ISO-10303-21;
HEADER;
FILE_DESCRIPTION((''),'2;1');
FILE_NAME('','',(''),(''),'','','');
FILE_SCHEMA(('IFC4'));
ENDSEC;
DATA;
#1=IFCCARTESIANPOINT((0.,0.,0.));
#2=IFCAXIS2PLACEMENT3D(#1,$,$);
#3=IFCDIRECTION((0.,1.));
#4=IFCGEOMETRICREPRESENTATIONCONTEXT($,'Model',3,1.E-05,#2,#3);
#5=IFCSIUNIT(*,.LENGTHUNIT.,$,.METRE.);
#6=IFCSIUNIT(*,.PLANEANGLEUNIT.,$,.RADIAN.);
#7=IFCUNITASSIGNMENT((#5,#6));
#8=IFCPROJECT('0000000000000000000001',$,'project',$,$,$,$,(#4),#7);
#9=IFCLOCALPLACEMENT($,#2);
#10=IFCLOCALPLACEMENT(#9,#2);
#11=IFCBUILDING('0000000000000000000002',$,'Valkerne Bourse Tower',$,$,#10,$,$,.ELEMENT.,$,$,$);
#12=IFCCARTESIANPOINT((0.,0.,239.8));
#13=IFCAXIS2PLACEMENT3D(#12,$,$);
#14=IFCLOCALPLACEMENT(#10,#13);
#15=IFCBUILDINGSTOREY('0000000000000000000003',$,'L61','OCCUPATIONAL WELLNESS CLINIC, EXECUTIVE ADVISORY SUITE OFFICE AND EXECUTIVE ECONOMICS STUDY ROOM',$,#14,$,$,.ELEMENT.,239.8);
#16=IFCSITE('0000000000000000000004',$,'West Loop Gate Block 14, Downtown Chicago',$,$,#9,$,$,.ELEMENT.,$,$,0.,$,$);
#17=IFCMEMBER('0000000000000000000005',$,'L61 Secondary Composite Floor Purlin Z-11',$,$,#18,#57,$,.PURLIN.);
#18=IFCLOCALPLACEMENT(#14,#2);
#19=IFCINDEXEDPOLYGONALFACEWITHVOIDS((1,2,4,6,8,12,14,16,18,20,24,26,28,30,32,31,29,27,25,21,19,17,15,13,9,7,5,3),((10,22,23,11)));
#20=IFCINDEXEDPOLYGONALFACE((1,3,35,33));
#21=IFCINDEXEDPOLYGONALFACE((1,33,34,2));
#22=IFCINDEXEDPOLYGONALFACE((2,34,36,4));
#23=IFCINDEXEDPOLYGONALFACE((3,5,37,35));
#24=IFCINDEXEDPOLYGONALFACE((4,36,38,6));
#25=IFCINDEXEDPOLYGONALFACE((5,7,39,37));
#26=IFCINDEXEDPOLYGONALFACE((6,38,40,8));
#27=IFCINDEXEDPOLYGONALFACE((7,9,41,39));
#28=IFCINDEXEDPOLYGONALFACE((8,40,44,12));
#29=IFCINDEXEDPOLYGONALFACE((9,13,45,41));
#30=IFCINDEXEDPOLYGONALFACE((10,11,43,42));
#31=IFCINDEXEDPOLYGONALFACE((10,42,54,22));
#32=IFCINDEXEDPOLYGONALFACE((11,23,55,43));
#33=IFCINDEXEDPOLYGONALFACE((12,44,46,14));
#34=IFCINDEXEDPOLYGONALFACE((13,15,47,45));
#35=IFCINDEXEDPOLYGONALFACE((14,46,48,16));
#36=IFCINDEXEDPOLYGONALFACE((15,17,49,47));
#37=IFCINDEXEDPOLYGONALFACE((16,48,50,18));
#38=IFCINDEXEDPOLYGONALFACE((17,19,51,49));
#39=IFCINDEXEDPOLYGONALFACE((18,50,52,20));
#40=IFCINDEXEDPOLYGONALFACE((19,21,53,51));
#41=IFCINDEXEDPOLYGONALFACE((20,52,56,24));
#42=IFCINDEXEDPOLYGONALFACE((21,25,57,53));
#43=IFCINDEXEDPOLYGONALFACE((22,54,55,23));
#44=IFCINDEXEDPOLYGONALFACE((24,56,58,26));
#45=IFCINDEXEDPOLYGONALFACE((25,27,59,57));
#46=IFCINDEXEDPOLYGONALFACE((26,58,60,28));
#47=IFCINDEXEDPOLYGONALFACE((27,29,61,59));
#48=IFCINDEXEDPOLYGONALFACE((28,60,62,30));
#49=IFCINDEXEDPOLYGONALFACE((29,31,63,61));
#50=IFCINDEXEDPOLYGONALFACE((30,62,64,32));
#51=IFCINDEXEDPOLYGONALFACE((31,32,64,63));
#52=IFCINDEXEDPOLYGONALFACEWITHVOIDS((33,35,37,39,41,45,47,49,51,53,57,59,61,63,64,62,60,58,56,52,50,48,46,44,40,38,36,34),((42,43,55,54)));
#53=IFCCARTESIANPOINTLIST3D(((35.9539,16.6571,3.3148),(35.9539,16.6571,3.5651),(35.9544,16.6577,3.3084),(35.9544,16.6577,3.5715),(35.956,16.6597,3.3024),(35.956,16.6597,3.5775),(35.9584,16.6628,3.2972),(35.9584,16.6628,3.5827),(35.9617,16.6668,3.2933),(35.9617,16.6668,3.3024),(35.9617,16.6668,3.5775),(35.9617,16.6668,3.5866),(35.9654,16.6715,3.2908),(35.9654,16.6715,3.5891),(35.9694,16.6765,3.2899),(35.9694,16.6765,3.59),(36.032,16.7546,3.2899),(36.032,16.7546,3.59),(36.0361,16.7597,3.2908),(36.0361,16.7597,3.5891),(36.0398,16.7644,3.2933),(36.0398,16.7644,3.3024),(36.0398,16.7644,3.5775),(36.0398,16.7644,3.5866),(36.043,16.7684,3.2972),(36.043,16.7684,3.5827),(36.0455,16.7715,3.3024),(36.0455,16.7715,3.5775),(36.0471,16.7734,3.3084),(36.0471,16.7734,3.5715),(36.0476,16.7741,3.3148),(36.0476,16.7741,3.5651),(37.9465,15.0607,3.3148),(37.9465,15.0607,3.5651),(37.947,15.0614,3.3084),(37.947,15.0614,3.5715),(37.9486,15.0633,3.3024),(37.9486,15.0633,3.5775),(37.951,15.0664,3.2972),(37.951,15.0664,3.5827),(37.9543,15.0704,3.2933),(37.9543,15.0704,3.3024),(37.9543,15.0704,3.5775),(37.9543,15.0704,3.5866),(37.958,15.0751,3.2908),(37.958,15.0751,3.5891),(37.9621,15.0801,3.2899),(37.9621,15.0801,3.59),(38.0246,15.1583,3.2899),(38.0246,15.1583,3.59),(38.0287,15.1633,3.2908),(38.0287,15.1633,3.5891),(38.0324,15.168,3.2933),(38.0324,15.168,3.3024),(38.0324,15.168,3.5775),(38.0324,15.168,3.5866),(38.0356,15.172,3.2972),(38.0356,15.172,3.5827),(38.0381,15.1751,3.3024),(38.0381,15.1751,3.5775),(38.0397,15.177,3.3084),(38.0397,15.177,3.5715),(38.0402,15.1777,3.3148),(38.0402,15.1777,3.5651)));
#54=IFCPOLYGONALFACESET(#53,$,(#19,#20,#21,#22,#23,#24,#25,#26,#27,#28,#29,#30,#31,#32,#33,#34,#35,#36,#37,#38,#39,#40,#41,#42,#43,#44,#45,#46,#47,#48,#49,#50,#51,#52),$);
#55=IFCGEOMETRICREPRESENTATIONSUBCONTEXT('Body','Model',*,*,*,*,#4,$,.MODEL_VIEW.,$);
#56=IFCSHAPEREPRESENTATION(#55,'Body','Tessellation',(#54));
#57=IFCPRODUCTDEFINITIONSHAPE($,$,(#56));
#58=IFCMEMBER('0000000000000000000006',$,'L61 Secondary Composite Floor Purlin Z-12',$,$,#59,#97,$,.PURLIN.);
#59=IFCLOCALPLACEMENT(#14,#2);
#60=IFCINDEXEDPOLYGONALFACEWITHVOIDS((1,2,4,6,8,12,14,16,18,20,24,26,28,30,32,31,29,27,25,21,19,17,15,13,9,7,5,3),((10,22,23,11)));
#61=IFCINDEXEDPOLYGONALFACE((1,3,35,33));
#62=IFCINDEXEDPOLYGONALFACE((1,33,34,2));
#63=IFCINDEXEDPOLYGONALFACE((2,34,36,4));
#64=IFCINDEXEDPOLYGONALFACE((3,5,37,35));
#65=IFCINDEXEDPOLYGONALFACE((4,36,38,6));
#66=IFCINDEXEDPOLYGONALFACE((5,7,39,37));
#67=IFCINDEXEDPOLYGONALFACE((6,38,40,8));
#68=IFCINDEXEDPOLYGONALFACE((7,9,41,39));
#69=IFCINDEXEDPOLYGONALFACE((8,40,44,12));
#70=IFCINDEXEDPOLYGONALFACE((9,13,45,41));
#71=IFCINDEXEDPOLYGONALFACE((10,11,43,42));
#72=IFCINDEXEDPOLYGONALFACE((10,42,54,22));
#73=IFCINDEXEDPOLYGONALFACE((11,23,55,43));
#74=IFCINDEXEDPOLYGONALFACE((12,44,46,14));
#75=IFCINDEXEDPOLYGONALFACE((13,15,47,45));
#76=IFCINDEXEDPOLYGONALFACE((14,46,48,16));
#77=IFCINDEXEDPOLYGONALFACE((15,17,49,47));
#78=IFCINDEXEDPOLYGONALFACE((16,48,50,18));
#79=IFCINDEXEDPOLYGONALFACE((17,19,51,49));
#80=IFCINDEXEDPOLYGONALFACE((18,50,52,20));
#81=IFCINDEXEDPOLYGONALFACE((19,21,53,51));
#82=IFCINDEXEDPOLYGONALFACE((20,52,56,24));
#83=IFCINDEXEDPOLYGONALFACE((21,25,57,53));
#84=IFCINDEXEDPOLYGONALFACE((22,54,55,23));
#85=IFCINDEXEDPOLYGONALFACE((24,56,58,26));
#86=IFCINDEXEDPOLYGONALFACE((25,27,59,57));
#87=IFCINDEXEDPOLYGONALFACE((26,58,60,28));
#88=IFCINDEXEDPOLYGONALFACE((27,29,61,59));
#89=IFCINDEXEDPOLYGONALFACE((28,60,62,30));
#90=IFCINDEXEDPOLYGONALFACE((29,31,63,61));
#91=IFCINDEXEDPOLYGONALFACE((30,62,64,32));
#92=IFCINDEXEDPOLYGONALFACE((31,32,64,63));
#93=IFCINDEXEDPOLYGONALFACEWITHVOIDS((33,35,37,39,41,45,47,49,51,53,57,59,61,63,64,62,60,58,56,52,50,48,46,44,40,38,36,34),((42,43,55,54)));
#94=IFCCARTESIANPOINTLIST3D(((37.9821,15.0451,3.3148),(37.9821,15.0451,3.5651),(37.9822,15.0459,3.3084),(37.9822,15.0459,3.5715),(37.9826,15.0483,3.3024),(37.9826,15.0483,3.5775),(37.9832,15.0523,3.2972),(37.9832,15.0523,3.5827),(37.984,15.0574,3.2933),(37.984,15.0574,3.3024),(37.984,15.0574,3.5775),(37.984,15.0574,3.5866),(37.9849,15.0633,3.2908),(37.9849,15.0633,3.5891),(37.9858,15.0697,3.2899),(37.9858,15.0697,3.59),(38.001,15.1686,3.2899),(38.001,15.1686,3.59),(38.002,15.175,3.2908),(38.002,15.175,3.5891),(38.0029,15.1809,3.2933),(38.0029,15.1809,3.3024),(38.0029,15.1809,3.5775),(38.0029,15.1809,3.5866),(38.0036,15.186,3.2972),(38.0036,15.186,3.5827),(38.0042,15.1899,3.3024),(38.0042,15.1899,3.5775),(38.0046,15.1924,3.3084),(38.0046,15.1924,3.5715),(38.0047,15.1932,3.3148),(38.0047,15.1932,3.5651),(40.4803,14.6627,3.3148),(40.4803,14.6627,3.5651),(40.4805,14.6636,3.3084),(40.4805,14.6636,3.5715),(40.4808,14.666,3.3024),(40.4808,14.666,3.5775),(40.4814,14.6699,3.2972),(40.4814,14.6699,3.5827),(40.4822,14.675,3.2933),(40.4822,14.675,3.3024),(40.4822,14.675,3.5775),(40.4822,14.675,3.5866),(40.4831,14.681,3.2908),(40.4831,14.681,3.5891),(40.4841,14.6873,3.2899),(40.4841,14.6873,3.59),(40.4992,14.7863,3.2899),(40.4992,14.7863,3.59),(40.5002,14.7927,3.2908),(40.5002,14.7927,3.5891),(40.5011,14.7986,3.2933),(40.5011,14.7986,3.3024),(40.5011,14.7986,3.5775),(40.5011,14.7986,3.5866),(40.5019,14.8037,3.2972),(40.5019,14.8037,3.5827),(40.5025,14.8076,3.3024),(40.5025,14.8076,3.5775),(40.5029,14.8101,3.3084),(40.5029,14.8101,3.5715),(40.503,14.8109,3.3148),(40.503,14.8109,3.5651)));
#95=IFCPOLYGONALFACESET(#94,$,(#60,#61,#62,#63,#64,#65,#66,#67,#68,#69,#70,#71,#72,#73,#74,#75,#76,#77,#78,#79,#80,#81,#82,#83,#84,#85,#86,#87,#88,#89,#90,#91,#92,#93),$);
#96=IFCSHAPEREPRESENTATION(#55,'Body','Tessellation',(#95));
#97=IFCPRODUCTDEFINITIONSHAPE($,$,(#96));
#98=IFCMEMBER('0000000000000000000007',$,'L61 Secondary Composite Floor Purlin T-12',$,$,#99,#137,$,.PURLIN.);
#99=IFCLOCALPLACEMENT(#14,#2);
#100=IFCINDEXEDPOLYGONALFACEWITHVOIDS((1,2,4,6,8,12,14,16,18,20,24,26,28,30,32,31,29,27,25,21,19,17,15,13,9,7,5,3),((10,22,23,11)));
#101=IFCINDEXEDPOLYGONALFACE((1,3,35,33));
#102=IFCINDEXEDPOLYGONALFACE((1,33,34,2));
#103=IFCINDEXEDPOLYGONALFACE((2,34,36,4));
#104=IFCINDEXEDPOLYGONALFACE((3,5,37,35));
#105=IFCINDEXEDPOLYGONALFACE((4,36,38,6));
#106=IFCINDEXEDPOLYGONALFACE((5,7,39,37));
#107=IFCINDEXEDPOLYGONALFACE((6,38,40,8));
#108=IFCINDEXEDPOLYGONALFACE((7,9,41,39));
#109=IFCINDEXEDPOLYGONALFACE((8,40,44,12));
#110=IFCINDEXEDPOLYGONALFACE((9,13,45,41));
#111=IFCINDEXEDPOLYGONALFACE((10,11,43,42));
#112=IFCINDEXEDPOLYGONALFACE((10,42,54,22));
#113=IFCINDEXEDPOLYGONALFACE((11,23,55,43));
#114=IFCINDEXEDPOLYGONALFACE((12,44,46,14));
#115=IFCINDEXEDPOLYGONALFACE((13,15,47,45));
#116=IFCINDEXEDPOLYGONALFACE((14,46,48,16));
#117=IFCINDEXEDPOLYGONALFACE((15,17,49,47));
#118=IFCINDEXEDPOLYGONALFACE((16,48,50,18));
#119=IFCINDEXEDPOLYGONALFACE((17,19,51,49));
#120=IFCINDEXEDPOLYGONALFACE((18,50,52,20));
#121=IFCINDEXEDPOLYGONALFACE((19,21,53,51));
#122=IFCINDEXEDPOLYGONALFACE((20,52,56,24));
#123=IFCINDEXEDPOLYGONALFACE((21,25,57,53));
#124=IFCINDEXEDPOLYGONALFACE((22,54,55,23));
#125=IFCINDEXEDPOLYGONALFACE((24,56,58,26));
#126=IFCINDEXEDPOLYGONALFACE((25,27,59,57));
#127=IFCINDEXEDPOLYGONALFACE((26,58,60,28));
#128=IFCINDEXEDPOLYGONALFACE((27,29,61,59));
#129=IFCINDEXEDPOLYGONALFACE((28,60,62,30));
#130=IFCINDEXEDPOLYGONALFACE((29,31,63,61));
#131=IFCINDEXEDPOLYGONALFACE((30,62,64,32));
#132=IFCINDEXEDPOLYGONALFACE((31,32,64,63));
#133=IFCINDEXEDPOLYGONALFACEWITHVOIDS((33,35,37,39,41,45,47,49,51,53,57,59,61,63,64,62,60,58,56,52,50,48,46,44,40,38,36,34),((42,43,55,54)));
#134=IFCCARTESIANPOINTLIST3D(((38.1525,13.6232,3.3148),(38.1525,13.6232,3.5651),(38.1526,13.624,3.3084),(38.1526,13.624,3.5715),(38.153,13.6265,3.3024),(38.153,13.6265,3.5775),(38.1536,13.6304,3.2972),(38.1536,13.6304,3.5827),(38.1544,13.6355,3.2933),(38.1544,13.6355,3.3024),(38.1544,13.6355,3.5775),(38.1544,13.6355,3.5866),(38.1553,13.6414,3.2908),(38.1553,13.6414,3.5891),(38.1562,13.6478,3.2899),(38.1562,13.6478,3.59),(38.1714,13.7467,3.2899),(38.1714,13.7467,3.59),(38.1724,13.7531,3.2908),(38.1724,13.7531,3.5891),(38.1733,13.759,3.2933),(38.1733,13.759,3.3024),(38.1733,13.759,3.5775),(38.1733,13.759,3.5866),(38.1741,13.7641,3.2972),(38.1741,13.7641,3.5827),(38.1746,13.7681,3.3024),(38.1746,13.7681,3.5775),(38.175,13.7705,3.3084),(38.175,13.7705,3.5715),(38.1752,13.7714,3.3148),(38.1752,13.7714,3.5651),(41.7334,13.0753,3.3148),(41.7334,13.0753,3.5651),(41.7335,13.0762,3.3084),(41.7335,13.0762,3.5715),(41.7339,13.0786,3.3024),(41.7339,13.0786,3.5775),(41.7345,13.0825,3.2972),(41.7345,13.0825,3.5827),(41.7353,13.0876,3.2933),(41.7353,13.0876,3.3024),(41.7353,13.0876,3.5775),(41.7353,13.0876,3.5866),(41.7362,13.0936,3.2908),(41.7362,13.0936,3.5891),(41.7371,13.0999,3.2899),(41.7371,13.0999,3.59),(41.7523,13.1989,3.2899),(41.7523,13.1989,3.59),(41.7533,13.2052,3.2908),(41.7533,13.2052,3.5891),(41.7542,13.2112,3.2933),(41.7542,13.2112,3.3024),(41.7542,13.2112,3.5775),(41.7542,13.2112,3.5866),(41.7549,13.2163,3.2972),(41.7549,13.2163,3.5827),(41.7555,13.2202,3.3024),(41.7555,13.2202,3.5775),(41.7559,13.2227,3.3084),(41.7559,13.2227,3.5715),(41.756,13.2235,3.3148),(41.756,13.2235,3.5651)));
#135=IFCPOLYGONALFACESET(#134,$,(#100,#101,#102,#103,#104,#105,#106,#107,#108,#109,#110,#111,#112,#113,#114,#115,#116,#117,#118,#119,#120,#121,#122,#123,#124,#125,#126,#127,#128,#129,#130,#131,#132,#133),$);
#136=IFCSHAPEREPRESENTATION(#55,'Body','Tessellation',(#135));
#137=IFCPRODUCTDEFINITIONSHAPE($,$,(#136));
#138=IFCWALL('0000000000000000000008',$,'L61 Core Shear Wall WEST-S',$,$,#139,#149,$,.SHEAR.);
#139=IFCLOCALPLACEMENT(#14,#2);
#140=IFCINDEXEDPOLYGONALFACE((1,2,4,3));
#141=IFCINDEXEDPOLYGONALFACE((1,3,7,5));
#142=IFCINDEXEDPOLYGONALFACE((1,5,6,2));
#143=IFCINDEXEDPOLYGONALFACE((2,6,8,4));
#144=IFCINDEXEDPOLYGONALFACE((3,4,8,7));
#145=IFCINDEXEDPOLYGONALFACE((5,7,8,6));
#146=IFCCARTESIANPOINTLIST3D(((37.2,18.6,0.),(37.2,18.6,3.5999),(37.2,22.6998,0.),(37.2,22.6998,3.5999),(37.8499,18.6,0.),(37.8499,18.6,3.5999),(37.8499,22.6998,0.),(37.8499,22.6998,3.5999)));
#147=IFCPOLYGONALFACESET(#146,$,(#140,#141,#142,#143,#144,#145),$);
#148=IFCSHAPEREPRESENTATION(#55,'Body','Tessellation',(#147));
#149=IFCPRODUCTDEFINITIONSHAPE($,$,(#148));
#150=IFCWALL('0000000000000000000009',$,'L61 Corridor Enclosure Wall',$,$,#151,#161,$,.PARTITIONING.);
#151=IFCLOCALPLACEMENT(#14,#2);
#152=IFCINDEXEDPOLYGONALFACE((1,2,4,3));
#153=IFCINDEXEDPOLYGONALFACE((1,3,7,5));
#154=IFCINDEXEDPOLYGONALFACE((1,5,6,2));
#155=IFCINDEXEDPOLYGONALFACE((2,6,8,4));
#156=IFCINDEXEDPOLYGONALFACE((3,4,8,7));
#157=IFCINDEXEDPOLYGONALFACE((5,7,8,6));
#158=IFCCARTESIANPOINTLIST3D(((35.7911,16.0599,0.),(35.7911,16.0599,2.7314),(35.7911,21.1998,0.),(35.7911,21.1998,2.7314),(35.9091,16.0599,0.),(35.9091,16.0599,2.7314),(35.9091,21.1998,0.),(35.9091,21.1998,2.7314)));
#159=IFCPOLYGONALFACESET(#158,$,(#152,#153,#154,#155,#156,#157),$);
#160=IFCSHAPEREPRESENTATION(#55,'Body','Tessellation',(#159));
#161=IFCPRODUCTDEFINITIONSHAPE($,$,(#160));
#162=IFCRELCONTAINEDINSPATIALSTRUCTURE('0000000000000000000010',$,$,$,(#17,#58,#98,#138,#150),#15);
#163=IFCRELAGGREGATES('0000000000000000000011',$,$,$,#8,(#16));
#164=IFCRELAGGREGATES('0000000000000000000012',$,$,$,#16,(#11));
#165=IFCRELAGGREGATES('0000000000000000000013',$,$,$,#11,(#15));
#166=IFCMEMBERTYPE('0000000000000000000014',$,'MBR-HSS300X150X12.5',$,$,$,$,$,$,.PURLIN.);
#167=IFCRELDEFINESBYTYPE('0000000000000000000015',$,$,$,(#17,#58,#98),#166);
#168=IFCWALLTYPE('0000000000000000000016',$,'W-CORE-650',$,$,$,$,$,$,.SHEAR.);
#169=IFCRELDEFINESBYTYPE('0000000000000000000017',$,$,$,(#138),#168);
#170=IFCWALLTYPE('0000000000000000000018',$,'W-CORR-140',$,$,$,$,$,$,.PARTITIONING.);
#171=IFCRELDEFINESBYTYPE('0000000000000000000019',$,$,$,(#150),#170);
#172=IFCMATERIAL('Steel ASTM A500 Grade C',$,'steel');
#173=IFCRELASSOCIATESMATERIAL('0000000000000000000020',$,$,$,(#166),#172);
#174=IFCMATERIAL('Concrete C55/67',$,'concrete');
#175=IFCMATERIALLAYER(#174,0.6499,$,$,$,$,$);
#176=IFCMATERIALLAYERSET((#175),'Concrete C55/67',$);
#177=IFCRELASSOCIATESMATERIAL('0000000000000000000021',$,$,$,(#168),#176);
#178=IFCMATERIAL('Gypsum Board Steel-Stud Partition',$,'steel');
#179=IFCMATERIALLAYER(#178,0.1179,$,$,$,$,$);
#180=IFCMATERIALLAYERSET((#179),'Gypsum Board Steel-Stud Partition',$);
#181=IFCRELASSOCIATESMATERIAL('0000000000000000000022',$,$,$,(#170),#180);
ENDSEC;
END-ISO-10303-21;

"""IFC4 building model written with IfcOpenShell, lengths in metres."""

from ifc_helpers import new_model, si_unit, direction, frame, frame_2d, origin, origin_2d, place, context, subcontext, project, spatial, rectangle, hollow_rectangle, extrude, material, layer, layer_set, material_profile, profile_set, type_object, element, save


model = new_model("IFC4")

# Units and contexts
model_context = context("Model", 3, precision=1e-05, world=origin(), true_north=direction((0.0, 1.0)))
body_context = subcontext(model_context, "Body", "Model", "MODEL_VIEW")
ifc_project = project(units=[si_unit("LENGTHUNIT", "METRE"), si_unit("PLANEANGLEUNIT", "RADIAN")], contexts=[model_context])

# Site, building, storey
site_placement = place(None, origin())
site = spatial("IfcSite", under=ifc_project, at=site_placement, Name="West Loop Gate Block 14, Downtown Chicago", CompositionType="ELEMENT", RefElevation=0.0)
building_placement = place(site_placement, origin())
building = spatial("IfcBuilding", under=site, at=building_placement, Name="Valkerne Bourse Tower", CompositionType="ELEMENT")
storey_placement = place(building_placement, frame((0.0, 0.0, 239.8)))
storey = spatial("IfcBuildingStorey", under=building, at=storey_placement, Name="L61", Description="OCCUPATIONAL WELLNESS CLINIC, EXECUTIVE ADVISORY SUITE OFFICE AND EXECUTIVE ECONOMICS STUDY ROOM", CompositionType="ELEMENT", Elevation=239.8)

# Members
ifc_material_1 = material(Name="Steel ASTM A500 Grade C", Category="steel")
ifc_material_profile_1 = material_profile(ifc_material_1, hollow_rectangle(XDim=0.1499, YDim=0.3, WallThickness=0.0125, OuterFilletRadius=0.0249, at=origin_2d()), Name="HSS300X150X12.5")
ifc_profile_set_1 = profile_set([ifc_material_profile_1], Name="Steel ASTM A500 Grade C")
member_type_1 = type_object("IfcMemberType", Name="MBR-HSS300X150X12.5", PredefinedType="PURLIN", material=ifc_profile_set_1)
member_1_placement = place(storey_placement, frame((36.0007, 16.7156, 3.4399), z_axis=(0.78043, -0.625243, 0.0), x_axis=(0.625243, 0.78043, 0.0)))
element("IfcMember", 1, at=member_1_placement, inside=storey, type_object=member_type_1, Name="L61 Secondary Composite Floor Purlin Z-11", PredefinedType="PURLIN", context=body_context, shape_type="SweptSolid", body=[
    extrude(hollow_rectangle(XDim=0.1499, YDim=0.3, WallThickness=0.0125, OuterFilletRadius=0.0249, at=origin_2d()), origin(), (0.0, 0.0, 1.0), 2.5532),
])
member_2_placement = place(storey_placement, frame((37.9934, 15.1191, 3.4399), z_axis=(0.988492, -0.151273, 0.0), x_axis=(0.151273, 0.988492, 0.0)))
element("IfcMember", 2, at=member_2_placement, inside=storey, type_object=member_type_1, Name="L61 Secondary Composite Floor Purlin Z-12", PredefinedType="PURLIN", context=body_context, shape_type="SweptSolid", body=[
    extrude(hollow_rectangle(XDim=0.1499, YDim=0.3, WallThickness=0.0125, OuterFilletRadius=0.0249, at=origin_2d()), origin(), (0.0, 0.0, 1.0), 2.5273),
])
member_3_placement = place(storey_placement, frame((38.1638, 13.6973, 3.4399), z_axis=(0.988498, -0.151237, 0.0), x_axis=(0.151237, 0.988498, 0.0)))
element("IfcMember", 3, at=member_3_placement, inside=storey, type_object=member_type_1, Name="L61 Secondary Composite Floor Purlin T-12", PredefinedType="PURLIN", context=body_context, shape_type="SweptSolid", body=[
    extrude(hollow_rectangle(XDim=0.1499, YDim=0.3, WallThickness=0.0125, OuterFilletRadius=0.0249, at=origin_2d()), origin(), (0.0, 0.0, 1.0), 3.6226),
])

# Shared definitions
ifc_material_2 = material(Name="Concrete C55/67", Category="concrete")
ifc_layer_1 = layer(ifc_material_2, 0.6499)
ifc_layer_set_1 = layer_set([ifc_layer_1], Name="Concrete C55/67")
wall_type_1 = type_object("IfcWallType", Name="W-CORE-650", PredefinedType="SHEAR", material=ifc_layer_set_1)

# Walls
wall_1_placement = place(storey_placement, frame((37.5249, 18.6001, 0.0), z_axis=(0.0, 0.0, 1.0), x_axis=(0.0, 1.0, 0.0)))
element("IfcWall", 4, at=wall_1_placement, inside=storey, type_object=wall_type_1, Name="L61 Core Shear Wall WEST-S", PredefinedType="SHEAR", context=body_context, shape_type="SweptSolid", body=[
    extrude(rectangle(XDim=4.0999, YDim=0.6499, at=frame_2d((2.0498, 0.0))), origin(), (0.0, 0.0, 1.0), 3.5999),
])
ifc_material_3 = material(Name="Gypsum Board Steel-Stud Partition", Category="steel")
ifc_layer_2 = layer(ifc_material_3, 0.1179)
ifc_layer_set_2 = layer_set([ifc_layer_2], Name="Gypsum Board Steel-Stud Partition")
wall_type_2 = type_object("IfcWallType", Name="W-CORR-140", PredefinedType="PARTITIONING", material=ifc_layer_set_2)
wall_2_placement = place(storey_placement, frame((35.8501, 16.0601, 0.0), z_axis=(0.0, 0.0, 1.0), x_axis=(0.0, 1.0, 0.0)))
element("IfcWall", 5, at=wall_2_placement, inside=storey, type_object=wall_type_2, Name="L61 Corridor Enclosure Wall", PredefinedType="PARTITIONING", context=body_context, shape_type="SweptSolid", body=[
    extrude(rectangle(XDim=5.1399, YDim=0.1179, at=frame_2d((2.5698, 0.0))), origin(), (0.0, 0.0, 1.0), 2.7314),
])

save(model, "model.ifc")
